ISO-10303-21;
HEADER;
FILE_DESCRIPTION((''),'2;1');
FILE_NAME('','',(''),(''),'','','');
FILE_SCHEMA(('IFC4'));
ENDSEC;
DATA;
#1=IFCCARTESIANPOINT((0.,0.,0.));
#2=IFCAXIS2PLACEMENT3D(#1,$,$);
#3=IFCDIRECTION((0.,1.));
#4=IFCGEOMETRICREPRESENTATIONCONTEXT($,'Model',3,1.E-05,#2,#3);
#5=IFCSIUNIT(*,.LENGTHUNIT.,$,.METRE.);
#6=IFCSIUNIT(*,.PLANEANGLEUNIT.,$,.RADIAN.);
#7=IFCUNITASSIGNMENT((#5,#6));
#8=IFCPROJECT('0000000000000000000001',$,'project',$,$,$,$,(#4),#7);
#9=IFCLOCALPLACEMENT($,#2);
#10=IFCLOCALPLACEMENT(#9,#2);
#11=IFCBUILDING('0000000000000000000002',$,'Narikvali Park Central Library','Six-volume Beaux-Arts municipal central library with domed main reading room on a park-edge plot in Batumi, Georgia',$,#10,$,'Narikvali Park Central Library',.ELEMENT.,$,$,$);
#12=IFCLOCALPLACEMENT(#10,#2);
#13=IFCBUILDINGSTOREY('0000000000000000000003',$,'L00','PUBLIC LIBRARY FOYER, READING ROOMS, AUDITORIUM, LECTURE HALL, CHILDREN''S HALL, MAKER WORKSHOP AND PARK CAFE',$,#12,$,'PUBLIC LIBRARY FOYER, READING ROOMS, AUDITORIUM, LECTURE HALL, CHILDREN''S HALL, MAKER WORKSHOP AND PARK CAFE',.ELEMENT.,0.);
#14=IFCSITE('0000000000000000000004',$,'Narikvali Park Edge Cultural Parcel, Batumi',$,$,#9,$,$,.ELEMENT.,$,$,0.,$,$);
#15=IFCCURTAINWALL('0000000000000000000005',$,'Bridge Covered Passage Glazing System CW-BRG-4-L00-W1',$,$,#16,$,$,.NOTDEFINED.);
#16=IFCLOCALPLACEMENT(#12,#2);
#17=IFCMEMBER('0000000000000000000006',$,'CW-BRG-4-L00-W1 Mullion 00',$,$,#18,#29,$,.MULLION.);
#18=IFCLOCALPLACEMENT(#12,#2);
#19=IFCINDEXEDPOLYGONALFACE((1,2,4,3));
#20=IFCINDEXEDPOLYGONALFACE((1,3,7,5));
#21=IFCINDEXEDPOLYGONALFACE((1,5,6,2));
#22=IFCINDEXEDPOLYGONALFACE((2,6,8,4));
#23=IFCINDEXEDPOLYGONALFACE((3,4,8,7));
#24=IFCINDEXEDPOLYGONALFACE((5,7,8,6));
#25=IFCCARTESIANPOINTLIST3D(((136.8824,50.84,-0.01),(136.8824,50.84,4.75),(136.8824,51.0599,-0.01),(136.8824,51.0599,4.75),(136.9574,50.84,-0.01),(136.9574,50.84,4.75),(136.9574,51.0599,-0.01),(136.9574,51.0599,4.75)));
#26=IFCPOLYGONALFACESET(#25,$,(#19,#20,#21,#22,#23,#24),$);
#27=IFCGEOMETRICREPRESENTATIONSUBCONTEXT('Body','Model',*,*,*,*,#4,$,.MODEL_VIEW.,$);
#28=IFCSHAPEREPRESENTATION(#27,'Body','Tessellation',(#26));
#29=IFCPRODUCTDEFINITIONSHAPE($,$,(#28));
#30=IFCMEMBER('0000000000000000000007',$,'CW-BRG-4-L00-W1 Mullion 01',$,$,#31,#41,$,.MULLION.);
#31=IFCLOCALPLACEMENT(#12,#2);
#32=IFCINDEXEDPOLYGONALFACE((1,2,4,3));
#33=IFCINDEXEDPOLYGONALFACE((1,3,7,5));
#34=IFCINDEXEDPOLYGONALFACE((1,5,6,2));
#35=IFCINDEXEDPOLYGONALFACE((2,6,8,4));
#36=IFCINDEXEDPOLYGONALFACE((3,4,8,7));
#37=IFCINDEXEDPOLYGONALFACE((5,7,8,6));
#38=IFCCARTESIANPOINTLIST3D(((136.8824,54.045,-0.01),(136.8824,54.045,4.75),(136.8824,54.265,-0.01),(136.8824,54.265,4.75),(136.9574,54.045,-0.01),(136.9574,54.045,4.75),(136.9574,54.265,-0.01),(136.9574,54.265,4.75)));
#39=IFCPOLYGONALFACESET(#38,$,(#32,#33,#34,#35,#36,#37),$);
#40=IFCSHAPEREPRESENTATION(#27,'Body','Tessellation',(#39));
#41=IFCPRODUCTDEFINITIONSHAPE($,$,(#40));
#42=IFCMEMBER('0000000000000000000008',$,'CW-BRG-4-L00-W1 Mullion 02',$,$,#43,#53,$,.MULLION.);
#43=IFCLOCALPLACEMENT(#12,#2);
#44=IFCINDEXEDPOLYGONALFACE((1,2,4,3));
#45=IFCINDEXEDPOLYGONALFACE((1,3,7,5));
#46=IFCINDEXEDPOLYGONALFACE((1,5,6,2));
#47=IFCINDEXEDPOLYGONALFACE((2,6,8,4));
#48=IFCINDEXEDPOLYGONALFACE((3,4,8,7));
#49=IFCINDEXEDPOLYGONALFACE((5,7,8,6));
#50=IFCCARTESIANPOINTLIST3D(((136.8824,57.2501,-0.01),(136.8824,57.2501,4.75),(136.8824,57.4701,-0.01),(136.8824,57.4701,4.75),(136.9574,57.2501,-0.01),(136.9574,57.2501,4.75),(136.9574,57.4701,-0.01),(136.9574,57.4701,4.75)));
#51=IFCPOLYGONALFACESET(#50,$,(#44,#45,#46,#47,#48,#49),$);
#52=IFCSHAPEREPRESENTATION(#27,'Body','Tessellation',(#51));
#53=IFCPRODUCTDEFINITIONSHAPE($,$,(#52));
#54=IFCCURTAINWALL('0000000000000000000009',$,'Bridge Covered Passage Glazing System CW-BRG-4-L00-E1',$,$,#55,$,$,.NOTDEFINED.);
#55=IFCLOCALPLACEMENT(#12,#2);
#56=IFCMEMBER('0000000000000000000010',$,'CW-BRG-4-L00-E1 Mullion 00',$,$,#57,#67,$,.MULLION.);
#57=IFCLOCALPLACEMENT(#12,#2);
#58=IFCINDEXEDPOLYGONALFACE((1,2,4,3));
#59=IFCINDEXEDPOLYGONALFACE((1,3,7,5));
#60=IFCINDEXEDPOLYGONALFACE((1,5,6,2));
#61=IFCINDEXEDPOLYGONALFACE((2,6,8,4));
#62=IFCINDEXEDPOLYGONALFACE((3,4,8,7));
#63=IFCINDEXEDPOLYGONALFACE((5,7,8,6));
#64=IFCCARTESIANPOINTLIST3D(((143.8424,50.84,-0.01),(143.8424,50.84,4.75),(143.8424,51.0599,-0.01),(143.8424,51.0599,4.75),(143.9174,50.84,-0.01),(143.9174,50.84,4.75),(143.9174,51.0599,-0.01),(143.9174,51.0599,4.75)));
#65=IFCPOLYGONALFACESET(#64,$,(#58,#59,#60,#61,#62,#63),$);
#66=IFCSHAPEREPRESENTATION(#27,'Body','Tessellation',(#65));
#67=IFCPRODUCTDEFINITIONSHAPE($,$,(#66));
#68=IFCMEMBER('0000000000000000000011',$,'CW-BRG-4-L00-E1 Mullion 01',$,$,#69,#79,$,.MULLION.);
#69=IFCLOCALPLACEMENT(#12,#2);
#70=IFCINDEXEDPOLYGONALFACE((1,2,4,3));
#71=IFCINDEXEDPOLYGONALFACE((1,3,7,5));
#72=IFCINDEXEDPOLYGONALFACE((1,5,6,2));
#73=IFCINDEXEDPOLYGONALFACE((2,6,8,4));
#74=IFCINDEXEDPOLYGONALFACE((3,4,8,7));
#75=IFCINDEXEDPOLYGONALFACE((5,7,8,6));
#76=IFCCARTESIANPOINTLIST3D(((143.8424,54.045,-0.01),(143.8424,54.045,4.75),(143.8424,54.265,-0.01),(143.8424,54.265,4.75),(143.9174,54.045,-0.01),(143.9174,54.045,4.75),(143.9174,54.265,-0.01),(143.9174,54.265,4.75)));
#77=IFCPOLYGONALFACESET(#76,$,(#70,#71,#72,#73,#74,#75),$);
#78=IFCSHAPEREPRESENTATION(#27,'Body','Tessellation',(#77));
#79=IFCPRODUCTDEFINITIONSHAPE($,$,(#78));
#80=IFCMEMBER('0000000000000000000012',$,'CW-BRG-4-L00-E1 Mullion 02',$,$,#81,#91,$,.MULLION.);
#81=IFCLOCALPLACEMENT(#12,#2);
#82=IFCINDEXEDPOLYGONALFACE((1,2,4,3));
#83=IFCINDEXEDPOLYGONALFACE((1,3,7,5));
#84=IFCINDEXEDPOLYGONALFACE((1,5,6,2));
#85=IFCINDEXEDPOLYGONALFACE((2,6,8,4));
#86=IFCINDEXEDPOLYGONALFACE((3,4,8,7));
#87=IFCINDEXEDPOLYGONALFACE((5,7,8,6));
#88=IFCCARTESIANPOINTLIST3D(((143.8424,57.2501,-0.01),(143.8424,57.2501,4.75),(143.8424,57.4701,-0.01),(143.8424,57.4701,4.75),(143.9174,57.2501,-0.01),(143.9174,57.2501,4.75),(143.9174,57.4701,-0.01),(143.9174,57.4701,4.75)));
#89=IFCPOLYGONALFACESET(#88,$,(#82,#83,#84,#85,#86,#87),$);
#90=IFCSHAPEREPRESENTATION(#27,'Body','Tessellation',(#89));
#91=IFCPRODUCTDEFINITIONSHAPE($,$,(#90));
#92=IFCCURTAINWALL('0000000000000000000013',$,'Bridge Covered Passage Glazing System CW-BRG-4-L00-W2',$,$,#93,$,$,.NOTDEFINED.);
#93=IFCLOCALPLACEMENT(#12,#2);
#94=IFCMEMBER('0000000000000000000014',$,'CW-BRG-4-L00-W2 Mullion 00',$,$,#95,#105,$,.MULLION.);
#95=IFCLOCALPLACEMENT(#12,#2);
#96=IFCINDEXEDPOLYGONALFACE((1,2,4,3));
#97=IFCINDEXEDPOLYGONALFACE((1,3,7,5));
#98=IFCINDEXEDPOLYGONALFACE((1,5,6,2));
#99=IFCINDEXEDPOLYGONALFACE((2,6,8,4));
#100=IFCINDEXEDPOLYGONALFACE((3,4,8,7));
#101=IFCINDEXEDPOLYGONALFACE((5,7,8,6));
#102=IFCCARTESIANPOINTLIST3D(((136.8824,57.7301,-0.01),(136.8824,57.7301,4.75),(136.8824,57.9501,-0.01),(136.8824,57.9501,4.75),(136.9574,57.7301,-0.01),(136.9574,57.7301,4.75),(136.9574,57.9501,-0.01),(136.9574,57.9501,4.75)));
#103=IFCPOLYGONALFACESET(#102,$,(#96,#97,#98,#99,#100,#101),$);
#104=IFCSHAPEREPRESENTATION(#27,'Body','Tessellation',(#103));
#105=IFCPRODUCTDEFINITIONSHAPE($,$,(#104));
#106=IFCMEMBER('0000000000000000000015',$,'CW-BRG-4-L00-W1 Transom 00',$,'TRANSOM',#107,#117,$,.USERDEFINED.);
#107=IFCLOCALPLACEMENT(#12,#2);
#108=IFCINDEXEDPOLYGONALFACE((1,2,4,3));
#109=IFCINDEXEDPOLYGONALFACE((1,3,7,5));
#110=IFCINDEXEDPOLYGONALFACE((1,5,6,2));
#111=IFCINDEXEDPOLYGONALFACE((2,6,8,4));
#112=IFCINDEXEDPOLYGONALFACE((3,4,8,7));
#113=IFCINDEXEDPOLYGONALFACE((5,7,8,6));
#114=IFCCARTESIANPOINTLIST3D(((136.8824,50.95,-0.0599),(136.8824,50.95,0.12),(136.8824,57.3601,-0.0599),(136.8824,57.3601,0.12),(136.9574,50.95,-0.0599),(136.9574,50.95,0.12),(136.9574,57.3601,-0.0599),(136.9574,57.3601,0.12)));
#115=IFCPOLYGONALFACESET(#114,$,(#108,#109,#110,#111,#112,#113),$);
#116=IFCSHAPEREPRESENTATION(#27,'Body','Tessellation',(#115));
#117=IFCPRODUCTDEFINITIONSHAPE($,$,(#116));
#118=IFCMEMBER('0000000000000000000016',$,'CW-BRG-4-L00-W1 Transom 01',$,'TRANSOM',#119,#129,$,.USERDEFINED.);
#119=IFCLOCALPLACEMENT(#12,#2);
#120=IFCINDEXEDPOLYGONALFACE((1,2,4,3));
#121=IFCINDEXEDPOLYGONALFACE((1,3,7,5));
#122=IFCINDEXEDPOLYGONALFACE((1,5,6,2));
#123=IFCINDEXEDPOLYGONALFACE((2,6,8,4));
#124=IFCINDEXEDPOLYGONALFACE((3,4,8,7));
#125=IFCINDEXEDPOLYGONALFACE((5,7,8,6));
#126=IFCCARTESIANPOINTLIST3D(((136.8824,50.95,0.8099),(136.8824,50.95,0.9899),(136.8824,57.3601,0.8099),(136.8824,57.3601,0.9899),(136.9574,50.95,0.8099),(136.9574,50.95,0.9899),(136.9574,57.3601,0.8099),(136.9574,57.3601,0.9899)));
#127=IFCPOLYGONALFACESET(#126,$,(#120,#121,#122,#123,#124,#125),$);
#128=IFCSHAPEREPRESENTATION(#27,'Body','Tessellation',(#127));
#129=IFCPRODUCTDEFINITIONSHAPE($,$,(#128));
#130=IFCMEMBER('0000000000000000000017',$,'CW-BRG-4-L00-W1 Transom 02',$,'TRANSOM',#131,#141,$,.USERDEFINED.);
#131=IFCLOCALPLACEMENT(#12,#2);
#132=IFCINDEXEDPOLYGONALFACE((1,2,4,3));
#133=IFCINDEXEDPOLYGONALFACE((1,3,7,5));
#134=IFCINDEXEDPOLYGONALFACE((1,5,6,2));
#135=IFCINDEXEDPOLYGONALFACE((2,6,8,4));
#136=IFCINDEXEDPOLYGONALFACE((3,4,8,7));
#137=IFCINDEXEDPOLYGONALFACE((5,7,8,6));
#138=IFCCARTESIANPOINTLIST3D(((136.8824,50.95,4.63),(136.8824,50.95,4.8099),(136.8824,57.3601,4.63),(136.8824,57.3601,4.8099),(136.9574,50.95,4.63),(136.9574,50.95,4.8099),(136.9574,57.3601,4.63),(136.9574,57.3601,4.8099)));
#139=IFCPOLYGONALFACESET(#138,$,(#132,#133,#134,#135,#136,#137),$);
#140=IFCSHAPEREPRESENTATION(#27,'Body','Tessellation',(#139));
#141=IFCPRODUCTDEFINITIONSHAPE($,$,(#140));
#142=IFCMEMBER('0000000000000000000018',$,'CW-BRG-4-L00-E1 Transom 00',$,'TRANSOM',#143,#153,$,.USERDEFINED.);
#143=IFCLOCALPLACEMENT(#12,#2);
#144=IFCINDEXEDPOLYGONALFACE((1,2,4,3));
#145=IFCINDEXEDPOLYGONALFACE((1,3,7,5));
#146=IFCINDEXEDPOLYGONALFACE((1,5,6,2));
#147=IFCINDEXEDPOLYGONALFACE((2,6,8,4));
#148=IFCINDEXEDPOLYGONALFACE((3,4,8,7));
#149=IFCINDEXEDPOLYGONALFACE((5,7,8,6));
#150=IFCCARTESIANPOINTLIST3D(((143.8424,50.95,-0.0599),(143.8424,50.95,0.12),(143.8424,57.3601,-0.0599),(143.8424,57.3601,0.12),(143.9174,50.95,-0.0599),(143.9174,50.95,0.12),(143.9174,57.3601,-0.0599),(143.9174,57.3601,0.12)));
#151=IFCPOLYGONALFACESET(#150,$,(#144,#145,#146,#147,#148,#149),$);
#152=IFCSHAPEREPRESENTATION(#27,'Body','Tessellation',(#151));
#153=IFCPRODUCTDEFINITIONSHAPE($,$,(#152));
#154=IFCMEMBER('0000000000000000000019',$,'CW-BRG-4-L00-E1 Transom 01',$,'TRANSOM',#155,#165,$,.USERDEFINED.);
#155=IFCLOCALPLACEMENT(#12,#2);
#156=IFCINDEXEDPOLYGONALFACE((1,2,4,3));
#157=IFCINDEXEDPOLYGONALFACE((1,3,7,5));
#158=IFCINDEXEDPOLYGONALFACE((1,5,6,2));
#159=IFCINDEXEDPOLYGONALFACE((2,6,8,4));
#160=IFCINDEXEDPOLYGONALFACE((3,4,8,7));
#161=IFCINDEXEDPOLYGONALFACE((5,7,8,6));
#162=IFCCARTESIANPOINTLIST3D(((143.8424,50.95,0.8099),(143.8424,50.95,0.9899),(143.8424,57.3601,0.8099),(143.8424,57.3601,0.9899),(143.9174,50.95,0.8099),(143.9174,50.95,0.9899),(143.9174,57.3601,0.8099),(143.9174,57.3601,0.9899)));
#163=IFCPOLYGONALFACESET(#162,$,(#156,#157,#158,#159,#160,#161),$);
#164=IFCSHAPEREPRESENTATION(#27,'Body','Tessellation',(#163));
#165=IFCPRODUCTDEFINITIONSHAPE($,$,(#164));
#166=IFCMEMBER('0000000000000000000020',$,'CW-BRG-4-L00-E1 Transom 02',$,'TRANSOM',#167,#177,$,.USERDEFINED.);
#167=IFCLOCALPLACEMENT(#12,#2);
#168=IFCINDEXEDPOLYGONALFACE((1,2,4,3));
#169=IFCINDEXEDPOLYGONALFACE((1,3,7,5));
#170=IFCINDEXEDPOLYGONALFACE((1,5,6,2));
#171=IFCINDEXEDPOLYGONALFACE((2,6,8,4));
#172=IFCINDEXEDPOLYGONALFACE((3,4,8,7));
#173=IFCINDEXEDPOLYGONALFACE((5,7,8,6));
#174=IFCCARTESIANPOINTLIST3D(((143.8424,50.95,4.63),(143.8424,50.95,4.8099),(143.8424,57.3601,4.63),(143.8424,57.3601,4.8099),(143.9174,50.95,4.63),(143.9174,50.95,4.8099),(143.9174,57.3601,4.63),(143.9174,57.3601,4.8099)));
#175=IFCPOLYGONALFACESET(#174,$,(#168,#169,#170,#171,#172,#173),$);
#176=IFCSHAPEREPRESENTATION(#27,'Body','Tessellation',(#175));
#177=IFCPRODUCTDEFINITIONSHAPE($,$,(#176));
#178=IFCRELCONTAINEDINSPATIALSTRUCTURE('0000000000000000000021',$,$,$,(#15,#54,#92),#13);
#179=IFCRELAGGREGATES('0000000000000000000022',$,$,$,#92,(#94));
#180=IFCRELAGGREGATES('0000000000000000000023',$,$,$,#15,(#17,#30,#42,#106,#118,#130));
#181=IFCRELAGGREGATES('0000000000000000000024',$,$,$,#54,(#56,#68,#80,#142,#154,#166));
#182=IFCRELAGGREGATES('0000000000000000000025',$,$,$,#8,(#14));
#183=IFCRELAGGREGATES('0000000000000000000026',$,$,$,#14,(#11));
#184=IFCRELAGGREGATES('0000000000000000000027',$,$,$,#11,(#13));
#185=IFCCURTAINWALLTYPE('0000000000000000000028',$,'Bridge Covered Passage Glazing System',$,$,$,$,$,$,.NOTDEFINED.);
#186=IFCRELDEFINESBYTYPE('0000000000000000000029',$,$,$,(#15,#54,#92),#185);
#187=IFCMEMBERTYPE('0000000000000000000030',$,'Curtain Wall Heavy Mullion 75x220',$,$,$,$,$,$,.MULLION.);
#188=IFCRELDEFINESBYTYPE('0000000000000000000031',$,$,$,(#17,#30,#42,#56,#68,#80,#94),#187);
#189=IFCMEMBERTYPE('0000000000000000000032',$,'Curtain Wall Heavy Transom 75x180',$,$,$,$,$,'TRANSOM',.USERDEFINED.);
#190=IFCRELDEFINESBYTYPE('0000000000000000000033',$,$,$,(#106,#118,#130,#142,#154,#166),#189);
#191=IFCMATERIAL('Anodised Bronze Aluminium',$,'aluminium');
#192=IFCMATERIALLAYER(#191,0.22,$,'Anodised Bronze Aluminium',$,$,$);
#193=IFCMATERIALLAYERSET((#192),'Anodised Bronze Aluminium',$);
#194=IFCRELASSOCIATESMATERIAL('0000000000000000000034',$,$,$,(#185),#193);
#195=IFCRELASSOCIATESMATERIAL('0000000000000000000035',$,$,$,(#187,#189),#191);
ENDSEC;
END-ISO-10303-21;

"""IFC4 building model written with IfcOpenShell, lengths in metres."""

from ifc_helpers import new_model, si_unit, direction, frame, origin, origin_2d, place, context, subcontext, project, spatial, rectangle, extrude, material, layer, layer_set, material_profile, profile_set, type_object, element, aggregate, save


model = new_model("IFC4")

# Units and contexts
model_context = context("Model", 3, precision=1e-05, world=origin(), true_north=direction((0.0, 1.0)))
body_context = subcontext(model_context, "Body", "Model", "MODEL_VIEW")
ifc_project = project(units=[si_unit("LENGTHUNIT", "METRE"), si_unit("PLANEANGLEUNIT", "RADIAN")], contexts=[model_context])

# Site, building, storey
site_placement = place(None, origin())
site = spatial("IfcSite", under=ifc_project, at=site_placement, Name="Narikvali Park Edge Cultural Parcel, Batumi", CompositionType="ELEMENT", RefElevation=0.0)
building_placement = place(site_placement, origin())
building = spatial("IfcBuilding", under=site, at=building_placement, Name="Narikvali Park Central Library", Description="Six-volume Beaux-Arts municipal central library with domed main reading room on a park-edge plot in Batumi, Georgia", LongName="Narikvali Park Central Library", CompositionType="ELEMENT")
storey_placement = place(building_placement, origin())
storey = spatial("IfcBuildingStorey", under=building, at=storey_placement, Name="L00", Description="PUBLIC LIBRARY FOYER, READING ROOMS, AUDITORIUM, LECTURE HALL, CHILDREN'S HALL, MAKER WORKSHOP AND PARK CAFE", LongName="PUBLIC LIBRARY FOYER, READING ROOMS, AUDITORIUM, LECTURE HALL, CHILDREN'S HALL, MAKER WORKSHOP AND PARK CAFE", CompositionType="ELEMENT", Elevation=0.0)

# Curtain walls, members
ifc_material_1 = material(Name="Anodised Bronze Aluminium", Category="aluminium")
ifc_layer_1 = layer(ifc_material_1, 0.22, Name="Anodised Bronze Aluminium")
ifc_layer_set_1 = layer_set([ifc_layer_1], Name="Anodised Bronze Aluminium")
curtain_wall_type = type_object("IfcCurtainWallType", Name="Bridge Covered Passage Glazing System", PredefinedType="NOTDEFINED", material=ifc_layer_set_1)
curtain_wall_1_placement = place(storey_placement, origin())
curtain_wall_1 = element("IfcCurtainWall", 1, at=curtain_wall_1_placement, inside=storey, type_object=curtain_wall_type, Name="Bridge Covered Passage Glazing System CW-BRG-4-L00-W1", PredefinedType="NOTDEFINED")
ifc_material_profile_1 = material_profile(ifc_material_1, rectangle(XDim=0.075, YDim=0.22, at=origin_2d()), Name="CW MULLION 75x220")
ifc_profile_set_1 = profile_set([ifc_material_profile_1], Name="Anodised Bronze Aluminium")
member_type_1 = type_object("IfcMemberType", Name="Curtain Wall Heavy Mullion 75x220", PredefinedType="MULLION", material=ifc_profile_set_1)
member_1_placement = place(storey_placement, frame((136.9199, 50.95, -0.01), z_axis=(0.0, 0.0, 1.0), x_axis=(1.0, 0.0, 0.0)))
member_1 = element("IfcMember", 2, at=member_1_placement, type_object=member_type_1, Name="CW-BRG-4-L00-W1 Mullion 00", PredefinedType="MULLION", context=body_context, shape_type="SweptSolid", body=[
    extrude(rectangle(XDim=0.075, YDim=0.22, at=origin_2d()), origin(), (0.0, 0.0, 1.0), 4.76),
])
member_2_placement = place(storey_placement, frame((136.9199, 54.155, -0.01), z_axis=(0.0, 0.0, 1.0), x_axis=(1.0, 0.0, 0.0)))
member_2 = element("IfcMember", 3, at=member_2_placement, type_object=member_type_1, Name="CW-BRG-4-L00-W1 Mullion 01", PredefinedType="MULLION", context=body_context, shape_type="SweptSolid", body=[
    extrude(rectangle(XDim=0.075, YDim=0.22, at=origin_2d()), origin(), (0.0, 0.0, 1.0), 4.76),
])
member_3_placement = place(storey_placement, frame((136.9199, 57.3601, -0.01), z_axis=(0.0, 0.0, 1.0), x_axis=(1.0, 0.0, 0.0)))
member_3 = element("IfcMember", 4, at=member_3_placement, type_object=member_type_1, Name="CW-BRG-4-L00-W1 Mullion 02", PredefinedType="MULLION", context=body_context, shape_type="SweptSolid", body=[
    extrude(rectangle(XDim=0.075, YDim=0.22, at=origin_2d()), origin(), (0.0, 0.0, 1.0), 4.76),
])
curtain_wall_2_placement = place(storey_placement, origin())
curtain_wall_2 = element("IfcCurtainWall", 5, at=curtain_wall_2_placement, inside=storey, type_object=curtain_wall_type, Name="Bridge Covered Passage Glazing System CW-BRG-4-L00-E1", PredefinedType="NOTDEFINED")
member_4_placement = place(storey_placement, frame((143.8799, 50.95, -0.01), z_axis=(0.0, 0.0, 1.0), x_axis=(1.0, 0.0, 0.0)))
member_4 = element("IfcMember", 6, at=member_4_placement, type_object=member_type_1, Name="CW-BRG-4-L00-E1 Mullion 00", PredefinedType="MULLION", context=body_context, shape_type="SweptSolid", body=[
    extrude(rectangle(XDim=0.075, YDim=0.22, at=origin_2d()), origin(), (0.0, 0.0, 1.0), 4.76),
])
member_5_placement = place(storey_placement, frame((143.8799, 54.155, -0.01), z_axis=(0.0, 0.0, 1.0), x_axis=(1.0, 0.0, 0.0)))
member_5 = element("IfcMember", 7, at=member_5_placement, type_object=member_type_1, Name="CW-BRG-4-L00-E1 Mullion 01", PredefinedType="MULLION", context=body_context, shape_type="SweptSolid", body=[
    extrude(rectangle(XDim=0.075, YDim=0.22, at=origin_2d()), origin(), (0.0, 0.0, 1.0), 4.76),
])
member_6_placement = place(storey_placement, frame((143.8799, 57.3601, -0.01), z_axis=(0.0, 0.0, 1.0), x_axis=(1.0, 0.0, 0.0)))
member_6 = element("IfcMember", 8, at=member_6_placement, type_object=member_type_1, Name="CW-BRG-4-L00-E1 Mullion 02", PredefinedType="MULLION", context=body_context, shape_type="SweptSolid", body=[
    extrude(rectangle(XDim=0.075, YDim=0.22, at=origin_2d()), origin(), (0.0, 0.0, 1.0), 4.76),
])

# Curtain wall, member
curtain_wall_3_placement = place(storey_placement, origin())
curtain_wall_3 = element("IfcCurtainWall", 9, at=curtain_wall_3_placement, inside=storey, type_object=curtain_wall_type, Name="Bridge Covered Passage Glazing System CW-BRG-4-L00-W2", PredefinedType="NOTDEFINED")
member_7_placement = place(storey_placement, frame((136.9199, 57.8401, -0.01), z_axis=(0.0, 0.0, 1.0), x_axis=(1.0, 0.0, 0.0)))
member_7 = element("IfcMember", 10, at=member_7_placement, type_object=member_type_1, Name="CW-BRG-4-L00-W2 Mullion 00", PredefinedType="MULLION", context=body_context, shape_type="SweptSolid", body=[
    extrude(rectangle(XDim=0.075, YDim=0.22, at=origin_2d()), origin(), (0.0, 0.0, 1.0), 4.76),
])
aggregate(curtain_wall_3, [member_7])

# Members
ifc_material_profile_2 = material_profile(ifc_material_1, rectangle(XDim=0.075, YDim=0.1799, at=origin_2d()), Name="CW TRANSOM 75x180")
ifc_profile_set_2 = profile_set([ifc_material_profile_2], Name="Anodised Bronze Aluminium")
member_type_2 = type_object("IfcMemberType", Name="Curtain Wall Heavy Transom 75x180", ElementType="TRANSOM", PredefinedType="USERDEFINED", material=ifc_profile_set_2)
member_8_placement = place(storey_placement, frame((136.9199, 50.95, 0.03), z_axis=(0.0, 1.0, 0.0), x_axis=(-1.0, 0.0, 0.0)))
member_8 = element("IfcMember", 11, at=member_8_placement, type_object=member_type_2, Name="CW-BRG-4-L00-W1 Transom 00", ObjectType="TRANSOM", PredefinedType="USERDEFINED", context=body_context, shape_type="SweptSolid", body=[
    extrude(rectangle(XDim=0.075, YDim=0.1799, at=origin_2d()), origin(), (0.0, 0.0, 1.0), 6.4102),
])
member_9_placement = place(storey_placement, frame((136.9199, 50.95, 0.8999), z_axis=(0.0, 1.0, 0.0), x_axis=(-1.0, 0.0, 0.0)))
member_9 = element("IfcMember", 12, at=member_9_placement, type_object=member_type_2, Name="CW-BRG-4-L00-W1 Transom 01", ObjectType="TRANSOM", PredefinedType="USERDEFINED", context=body_context, shape_type="SweptSolid", body=[
    extrude(rectangle(XDim=0.075, YDim=0.1799, at=origin_2d()), origin(), (0.0, 0.0, 1.0), 6.4102),
])
member_10_placement = place(storey_placement, frame((136.9199, 50.95, 4.72), z_axis=(0.0, 1.0, 0.0), x_axis=(-1.0, 0.0, 0.0)))
member_10 = element("IfcMember", 13, at=member_10_placement, type_object=member_type_2, Name="CW-BRG-4-L00-W1 Transom 02", ObjectType="TRANSOM", PredefinedType="USERDEFINED", context=body_context, shape_type="SweptSolid", body=[
    extrude(rectangle(XDim=0.075, YDim=0.1799, at=origin_2d()), origin(), (0.0, 0.0, 1.0), 6.4102),
])
member_11_placement = place(storey_placement, frame((143.8799, 50.95, 0.03), z_axis=(0.0, 1.0, 0.0), x_axis=(-1.0, 0.0, 0.0)))
member_11 = element("IfcMember", 14, at=member_11_placement, type_object=member_type_2, Name="CW-BRG-4-L00-E1 Transom 00", ObjectType="TRANSOM", PredefinedType="USERDEFINED", context=body_context, shape_type="SweptSolid", body=[
    extrude(rectangle(XDim=0.075, YDim=0.1799, at=origin_2d()), origin(), (0.0, 0.0, 1.0), 6.4102),
])
member_12_placement = place(storey_placement, frame((143.8799, 50.95, 0.8999), z_axis=(0.0, 1.0, 0.0), x_axis=(-1.0, 0.0, 0.0)))
member_12 = element("IfcMember", 15, at=member_12_placement, type_object=member_type_2, Name="CW-BRG-4-L00-E1 Transom 01", ObjectType="TRANSOM", PredefinedType="USERDEFINED", context=body_context, shape_type="SweptSolid", body=[
    extrude(rectangle(XDim=0.075, YDim=0.1799, at=origin_2d()), origin(), (0.0, 0.0, 1.0), 6.4102),
])
member_13_placement = place(storey_placement, frame((143.8799, 50.95, 4.72), z_axis=(0.0, 1.0, 0.0), x_axis=(-1.0, 0.0, 0.0)))
member_13 = element("IfcMember", 16, at=member_13_placement, type_object=member_type_2, Name="CW-BRG-4-L00-E1 Transom 02", ObjectType="TRANSOM", PredefinedType="USERDEFINED", context=body_context, shape_type="SweptSolid", body=[
    extrude(rectangle(XDim=0.075, YDim=0.1799, at=origin_2d()), origin(), (0.0, 0.0, 1.0), 6.4102),
])

aggregate(curtain_wall_1, [member_1, member_2, member_3, member_8, member_9, member_10])
aggregate(curtain_wall_2, [member_4, member_5, member_6, member_11, member_12, member_13])

save(model, "model.ifc")
